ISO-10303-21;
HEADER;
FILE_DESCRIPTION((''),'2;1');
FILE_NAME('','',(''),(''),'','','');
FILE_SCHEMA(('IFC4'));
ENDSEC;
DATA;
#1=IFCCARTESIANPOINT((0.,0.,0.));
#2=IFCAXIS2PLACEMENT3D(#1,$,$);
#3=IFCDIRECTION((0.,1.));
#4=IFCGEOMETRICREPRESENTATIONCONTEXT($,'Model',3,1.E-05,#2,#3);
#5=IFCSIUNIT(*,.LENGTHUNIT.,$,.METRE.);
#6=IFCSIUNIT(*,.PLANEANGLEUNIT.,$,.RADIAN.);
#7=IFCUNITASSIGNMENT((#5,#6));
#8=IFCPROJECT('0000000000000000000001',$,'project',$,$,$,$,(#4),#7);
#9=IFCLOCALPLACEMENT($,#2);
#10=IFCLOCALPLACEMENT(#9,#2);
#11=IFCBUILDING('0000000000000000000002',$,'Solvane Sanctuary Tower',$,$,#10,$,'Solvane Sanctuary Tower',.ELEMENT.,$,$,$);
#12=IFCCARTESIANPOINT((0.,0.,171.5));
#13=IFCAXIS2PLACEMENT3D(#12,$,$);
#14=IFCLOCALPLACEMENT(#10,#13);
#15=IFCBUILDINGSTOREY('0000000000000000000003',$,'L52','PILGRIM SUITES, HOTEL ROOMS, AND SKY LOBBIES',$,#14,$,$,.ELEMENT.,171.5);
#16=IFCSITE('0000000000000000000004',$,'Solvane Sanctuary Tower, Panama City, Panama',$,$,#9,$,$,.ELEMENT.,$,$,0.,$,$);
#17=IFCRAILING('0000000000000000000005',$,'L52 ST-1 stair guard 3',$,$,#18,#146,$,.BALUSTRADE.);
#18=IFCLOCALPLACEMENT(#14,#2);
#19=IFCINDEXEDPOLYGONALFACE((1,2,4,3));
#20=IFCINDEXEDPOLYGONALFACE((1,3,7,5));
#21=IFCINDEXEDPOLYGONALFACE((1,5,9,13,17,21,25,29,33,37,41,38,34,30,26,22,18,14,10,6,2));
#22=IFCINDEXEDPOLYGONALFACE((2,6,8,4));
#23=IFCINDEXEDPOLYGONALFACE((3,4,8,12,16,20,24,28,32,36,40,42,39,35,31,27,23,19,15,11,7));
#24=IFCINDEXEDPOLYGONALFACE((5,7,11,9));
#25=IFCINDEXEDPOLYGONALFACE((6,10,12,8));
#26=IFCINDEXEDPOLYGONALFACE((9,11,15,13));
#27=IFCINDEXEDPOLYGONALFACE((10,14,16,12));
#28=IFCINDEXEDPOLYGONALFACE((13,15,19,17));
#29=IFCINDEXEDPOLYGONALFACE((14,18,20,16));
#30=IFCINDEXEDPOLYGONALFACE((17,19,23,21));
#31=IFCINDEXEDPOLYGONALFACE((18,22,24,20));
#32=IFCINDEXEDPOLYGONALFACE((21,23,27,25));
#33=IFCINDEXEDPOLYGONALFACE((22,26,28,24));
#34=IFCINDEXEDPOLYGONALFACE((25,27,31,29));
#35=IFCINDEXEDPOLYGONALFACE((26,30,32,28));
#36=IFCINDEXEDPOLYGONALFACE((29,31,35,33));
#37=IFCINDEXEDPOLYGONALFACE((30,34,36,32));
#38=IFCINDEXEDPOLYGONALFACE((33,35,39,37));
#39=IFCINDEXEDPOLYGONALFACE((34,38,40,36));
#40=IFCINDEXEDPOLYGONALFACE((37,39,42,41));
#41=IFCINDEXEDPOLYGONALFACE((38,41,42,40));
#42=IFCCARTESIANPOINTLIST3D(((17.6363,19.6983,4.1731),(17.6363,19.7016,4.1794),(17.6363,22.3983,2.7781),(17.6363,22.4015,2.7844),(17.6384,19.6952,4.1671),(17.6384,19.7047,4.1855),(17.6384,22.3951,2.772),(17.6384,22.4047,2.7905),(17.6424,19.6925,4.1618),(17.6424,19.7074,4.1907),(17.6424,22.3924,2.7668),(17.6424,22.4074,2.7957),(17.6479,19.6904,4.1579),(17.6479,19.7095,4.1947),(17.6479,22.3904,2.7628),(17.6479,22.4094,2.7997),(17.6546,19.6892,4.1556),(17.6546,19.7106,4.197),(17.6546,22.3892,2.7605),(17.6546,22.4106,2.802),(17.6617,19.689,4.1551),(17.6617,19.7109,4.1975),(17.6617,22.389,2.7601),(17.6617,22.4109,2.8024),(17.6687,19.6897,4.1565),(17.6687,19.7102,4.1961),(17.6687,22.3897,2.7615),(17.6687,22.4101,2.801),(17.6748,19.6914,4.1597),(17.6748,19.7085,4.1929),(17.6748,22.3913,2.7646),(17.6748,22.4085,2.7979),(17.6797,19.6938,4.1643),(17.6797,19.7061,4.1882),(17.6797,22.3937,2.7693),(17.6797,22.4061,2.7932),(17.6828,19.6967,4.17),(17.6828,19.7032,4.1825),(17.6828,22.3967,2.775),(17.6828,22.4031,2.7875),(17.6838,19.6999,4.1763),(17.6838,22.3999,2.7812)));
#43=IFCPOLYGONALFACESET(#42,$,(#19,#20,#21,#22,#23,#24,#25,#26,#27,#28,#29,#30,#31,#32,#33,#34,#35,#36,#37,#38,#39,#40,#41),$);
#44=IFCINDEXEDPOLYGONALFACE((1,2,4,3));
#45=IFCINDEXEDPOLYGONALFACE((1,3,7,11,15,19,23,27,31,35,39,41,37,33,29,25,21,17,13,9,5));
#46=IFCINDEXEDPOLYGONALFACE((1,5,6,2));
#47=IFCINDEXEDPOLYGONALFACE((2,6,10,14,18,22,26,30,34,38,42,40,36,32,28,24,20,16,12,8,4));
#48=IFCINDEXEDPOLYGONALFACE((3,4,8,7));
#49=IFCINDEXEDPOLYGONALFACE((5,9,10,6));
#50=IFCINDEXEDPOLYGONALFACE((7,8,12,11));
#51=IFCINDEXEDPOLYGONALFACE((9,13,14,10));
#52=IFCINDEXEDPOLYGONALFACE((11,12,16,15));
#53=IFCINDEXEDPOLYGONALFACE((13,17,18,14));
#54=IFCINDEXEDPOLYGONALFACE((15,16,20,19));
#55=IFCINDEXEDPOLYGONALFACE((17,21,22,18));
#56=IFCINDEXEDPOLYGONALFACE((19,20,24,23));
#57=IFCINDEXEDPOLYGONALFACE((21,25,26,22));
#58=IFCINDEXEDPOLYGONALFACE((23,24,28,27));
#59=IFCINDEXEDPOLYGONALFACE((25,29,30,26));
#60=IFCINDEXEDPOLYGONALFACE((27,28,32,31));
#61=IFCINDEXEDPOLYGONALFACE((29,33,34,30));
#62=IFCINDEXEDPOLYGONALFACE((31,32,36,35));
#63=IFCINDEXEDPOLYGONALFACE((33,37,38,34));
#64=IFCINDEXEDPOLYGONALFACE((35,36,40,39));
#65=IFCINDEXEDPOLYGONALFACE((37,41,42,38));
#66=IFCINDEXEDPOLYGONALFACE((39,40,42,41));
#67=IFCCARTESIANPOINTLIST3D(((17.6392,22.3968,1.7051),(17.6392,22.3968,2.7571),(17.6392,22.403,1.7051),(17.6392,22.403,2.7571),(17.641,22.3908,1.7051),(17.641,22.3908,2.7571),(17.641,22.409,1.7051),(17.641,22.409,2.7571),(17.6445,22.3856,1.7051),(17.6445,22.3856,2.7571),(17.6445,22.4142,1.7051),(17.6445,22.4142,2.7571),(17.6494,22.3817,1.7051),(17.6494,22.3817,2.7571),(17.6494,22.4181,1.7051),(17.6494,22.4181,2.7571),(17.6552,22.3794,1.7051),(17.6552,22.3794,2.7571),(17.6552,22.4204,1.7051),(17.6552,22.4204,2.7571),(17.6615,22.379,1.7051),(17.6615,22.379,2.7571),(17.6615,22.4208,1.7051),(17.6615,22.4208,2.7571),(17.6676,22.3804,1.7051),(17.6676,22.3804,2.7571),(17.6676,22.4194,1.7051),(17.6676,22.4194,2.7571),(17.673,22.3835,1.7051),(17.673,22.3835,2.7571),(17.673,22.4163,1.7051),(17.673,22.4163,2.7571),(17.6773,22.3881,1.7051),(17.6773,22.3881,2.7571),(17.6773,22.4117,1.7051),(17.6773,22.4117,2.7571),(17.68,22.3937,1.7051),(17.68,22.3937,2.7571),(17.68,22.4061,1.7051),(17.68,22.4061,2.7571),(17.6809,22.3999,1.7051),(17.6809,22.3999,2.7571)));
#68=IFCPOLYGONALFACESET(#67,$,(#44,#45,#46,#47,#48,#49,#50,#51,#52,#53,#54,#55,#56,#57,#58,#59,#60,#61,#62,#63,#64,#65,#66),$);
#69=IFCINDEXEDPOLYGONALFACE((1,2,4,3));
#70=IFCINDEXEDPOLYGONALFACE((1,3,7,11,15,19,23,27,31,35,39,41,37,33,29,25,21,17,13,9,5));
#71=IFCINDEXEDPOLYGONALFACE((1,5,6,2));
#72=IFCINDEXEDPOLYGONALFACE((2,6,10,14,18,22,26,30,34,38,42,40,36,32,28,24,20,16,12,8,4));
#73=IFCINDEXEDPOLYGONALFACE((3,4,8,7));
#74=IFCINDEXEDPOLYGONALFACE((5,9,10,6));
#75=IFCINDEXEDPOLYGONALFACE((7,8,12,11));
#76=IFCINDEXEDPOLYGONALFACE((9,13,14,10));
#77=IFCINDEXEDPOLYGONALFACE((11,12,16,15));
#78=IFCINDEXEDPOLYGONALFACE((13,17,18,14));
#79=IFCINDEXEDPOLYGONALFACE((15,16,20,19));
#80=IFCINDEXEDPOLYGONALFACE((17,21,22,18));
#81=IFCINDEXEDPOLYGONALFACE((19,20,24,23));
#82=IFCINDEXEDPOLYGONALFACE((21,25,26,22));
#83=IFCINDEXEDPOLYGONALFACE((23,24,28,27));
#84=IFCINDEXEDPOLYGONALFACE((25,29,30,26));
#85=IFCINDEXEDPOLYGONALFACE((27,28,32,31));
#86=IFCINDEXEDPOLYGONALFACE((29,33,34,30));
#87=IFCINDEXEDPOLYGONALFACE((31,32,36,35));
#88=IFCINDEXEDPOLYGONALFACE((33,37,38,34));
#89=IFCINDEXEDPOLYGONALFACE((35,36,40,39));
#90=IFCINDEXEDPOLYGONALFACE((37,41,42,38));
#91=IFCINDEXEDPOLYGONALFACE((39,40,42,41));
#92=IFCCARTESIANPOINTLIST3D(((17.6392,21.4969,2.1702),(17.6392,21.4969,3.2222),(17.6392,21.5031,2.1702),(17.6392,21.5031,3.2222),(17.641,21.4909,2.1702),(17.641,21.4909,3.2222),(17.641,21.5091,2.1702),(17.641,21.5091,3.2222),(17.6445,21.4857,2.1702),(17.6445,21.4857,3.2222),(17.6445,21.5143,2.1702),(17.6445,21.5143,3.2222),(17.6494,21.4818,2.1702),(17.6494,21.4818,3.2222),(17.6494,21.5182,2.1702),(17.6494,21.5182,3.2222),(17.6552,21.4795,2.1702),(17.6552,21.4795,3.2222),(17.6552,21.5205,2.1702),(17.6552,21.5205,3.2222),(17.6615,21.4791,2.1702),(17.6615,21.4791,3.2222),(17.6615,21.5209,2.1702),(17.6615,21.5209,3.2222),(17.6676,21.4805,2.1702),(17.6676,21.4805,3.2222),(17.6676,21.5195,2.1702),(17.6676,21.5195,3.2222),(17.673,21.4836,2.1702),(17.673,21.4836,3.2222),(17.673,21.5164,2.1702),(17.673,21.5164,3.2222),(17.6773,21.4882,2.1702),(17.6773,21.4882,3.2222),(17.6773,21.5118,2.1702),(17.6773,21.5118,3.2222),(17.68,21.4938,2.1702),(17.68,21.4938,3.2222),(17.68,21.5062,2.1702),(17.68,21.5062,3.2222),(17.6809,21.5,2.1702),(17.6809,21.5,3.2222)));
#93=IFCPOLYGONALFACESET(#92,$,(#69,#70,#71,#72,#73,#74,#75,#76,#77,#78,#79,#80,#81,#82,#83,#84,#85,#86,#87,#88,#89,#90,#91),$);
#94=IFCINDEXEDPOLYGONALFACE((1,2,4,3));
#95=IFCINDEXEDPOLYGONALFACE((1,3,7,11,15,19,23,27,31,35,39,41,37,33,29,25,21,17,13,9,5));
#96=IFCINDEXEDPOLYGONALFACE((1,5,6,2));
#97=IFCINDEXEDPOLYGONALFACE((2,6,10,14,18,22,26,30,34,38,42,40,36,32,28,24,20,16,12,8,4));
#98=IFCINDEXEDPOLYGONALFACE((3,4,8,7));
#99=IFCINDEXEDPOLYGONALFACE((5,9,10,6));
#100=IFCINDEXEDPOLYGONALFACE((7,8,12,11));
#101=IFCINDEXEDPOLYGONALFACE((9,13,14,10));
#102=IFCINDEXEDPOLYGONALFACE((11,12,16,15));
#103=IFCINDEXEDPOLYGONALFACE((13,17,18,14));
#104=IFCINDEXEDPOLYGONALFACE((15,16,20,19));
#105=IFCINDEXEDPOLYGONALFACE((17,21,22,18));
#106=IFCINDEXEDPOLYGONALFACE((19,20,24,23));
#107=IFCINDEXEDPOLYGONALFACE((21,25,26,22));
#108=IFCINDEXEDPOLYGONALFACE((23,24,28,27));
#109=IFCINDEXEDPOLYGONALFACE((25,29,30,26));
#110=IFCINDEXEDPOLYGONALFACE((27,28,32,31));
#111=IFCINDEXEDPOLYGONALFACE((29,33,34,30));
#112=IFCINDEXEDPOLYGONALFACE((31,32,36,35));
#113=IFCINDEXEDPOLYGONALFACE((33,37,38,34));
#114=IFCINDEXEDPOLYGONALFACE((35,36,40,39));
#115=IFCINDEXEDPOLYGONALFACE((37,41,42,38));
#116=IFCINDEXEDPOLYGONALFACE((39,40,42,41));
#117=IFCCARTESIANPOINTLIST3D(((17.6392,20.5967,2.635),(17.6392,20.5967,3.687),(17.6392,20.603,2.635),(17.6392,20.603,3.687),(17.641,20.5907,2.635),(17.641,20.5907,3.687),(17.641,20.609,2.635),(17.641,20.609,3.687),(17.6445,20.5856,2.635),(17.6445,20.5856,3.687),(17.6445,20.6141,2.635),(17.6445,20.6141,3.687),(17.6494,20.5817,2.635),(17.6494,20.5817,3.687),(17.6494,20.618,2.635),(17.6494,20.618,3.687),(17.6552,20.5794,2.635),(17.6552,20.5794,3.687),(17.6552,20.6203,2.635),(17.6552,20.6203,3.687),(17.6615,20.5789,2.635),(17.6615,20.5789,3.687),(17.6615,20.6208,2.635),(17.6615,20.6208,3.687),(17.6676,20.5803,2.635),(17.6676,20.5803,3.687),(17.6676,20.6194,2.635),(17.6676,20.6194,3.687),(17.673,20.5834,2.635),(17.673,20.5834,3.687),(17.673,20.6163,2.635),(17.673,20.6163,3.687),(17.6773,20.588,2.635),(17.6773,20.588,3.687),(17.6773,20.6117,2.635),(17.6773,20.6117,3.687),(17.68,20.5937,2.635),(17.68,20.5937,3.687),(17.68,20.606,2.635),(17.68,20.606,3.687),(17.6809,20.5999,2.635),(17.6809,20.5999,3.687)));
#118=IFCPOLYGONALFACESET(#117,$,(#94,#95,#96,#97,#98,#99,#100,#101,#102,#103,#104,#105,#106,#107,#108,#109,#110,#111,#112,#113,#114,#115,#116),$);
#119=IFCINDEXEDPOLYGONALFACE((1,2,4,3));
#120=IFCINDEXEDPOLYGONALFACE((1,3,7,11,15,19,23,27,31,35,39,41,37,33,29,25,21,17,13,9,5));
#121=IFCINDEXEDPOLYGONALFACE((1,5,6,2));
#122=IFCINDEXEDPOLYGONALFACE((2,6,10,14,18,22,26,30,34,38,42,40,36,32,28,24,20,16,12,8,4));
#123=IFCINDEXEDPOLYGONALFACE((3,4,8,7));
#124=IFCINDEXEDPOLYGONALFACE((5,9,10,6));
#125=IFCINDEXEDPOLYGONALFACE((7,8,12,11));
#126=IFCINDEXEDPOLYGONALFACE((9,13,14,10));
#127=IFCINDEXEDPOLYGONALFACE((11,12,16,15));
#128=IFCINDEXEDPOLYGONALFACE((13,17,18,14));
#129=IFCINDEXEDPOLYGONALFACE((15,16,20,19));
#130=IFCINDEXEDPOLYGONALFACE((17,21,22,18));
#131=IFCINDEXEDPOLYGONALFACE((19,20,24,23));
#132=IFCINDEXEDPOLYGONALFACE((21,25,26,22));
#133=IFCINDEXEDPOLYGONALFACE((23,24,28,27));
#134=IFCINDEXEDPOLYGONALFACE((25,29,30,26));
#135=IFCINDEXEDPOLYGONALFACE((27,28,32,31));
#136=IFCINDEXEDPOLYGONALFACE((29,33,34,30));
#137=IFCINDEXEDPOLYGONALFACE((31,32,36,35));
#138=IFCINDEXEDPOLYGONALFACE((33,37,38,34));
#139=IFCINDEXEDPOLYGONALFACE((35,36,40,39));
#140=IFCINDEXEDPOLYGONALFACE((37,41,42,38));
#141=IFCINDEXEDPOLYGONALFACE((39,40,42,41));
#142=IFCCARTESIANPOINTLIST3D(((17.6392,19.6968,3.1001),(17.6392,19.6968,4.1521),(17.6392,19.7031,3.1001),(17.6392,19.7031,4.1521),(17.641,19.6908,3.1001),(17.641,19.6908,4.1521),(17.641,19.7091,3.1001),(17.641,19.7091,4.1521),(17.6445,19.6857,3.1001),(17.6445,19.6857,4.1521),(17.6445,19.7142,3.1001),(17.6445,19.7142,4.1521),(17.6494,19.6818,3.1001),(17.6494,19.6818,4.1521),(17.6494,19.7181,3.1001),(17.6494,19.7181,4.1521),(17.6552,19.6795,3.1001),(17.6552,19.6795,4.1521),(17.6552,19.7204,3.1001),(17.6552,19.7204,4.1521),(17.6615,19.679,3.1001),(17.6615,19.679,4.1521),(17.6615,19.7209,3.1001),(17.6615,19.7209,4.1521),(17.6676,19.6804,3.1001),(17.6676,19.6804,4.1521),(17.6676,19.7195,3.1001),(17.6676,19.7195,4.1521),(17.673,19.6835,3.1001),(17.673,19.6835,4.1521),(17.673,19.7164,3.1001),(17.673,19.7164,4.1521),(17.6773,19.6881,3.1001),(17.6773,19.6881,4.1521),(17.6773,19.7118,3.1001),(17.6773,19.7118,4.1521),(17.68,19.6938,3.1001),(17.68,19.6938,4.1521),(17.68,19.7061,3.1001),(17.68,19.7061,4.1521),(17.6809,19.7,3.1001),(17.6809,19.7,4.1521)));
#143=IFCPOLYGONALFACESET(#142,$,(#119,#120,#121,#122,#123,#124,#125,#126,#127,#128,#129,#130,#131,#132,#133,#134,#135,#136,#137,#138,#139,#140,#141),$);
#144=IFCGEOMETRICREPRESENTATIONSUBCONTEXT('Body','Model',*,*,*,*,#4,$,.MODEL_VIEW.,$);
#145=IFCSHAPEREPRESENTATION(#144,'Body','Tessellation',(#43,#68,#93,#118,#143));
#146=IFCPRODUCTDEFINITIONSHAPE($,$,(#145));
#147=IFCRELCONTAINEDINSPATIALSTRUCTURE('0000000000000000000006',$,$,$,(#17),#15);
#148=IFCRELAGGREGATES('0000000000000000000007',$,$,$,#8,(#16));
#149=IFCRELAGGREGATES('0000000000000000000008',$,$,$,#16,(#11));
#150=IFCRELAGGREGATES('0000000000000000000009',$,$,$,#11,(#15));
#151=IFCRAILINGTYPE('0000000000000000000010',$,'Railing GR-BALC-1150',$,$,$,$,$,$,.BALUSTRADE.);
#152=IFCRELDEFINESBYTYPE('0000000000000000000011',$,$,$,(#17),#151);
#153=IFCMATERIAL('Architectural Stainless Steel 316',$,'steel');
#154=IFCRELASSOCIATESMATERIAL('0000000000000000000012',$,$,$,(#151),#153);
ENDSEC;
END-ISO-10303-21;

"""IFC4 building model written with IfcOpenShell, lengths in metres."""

from ifc_helpers import new_model, si_unit, direction, frame, origin, origin_2d, place, context, subcontext, project, spatial, circle, extrude, material, type_object, element, save


model = new_model("IFC4")

# Units and contexts
model_context = context("Model", 3, precision=1e-05, world=origin(), true_north=direction((0.0, 1.0)))
body_context = subcontext(model_context, "Body", "Model", "MODEL_VIEW")
ifc_project = project(units=[si_unit("LENGTHUNIT", "METRE"), si_unit("PLANEANGLEUNIT", "RADIAN")], contexts=[model_context])

# Site, building, storey
site_placement = place(None, origin())
site = spatial("IfcSite", under=ifc_project, at=site_placement, Name="Solvane Sanctuary Tower, Panama City, Panama", CompositionType="ELEMENT", RefElevation=0.0)
building_placement = place(site_placement, origin())
building = spatial("IfcBuilding", under=site, at=building_placement, Name="Solvane Sanctuary Tower", LongName="Solvane Sanctuary Tower", CompositionType="ELEMENT")
storey_placement = place(building_placement, frame((0.0, 0.0, 171.5)))
storey = spatial("IfcBuildingStorey", under=building, at=storey_placement, Name="L52", Description="PILGRIM SUITES, HOTEL ROOMS, AND SKY LOBBIES", CompositionType="ELEMENT", Elevation=171.5)

# Shared definitions
ifc_material_1 = material(Name="Architectural Stainless Steel 316", Category="steel")

# Railing
railing_type_1 = type_object("IfcRailingType", Name="Railing GR-BALC-1150", PredefinedType="BALUSTRADE", material=ifc_material_1)
railing_1_placement = place(storey_placement, frame((17.6599, 22.3999, 1.7051)))
element("IfcRailing", 1, at=railing_1_placement, inside=storey, type_object=railing_type_1, Name="L52 ST-1 stair guard 3", PredefinedType="BALUSTRADE", context=body_context, shape_type="SweptSolid", body=[
    extrude(circle(Radius=0.0239, at=origin_2d()), frame((0.0, 0.0, 1.0762), z_axis=(0.0, -0.88842, 0.459032), x_axis=(1.0, 0.0, 0.0)), (0.0, 0.0, 1.0), 3.0391),
    extrude(circle(Radius=0.021, at=origin_2d()), origin(), (0.0, 0.0, 1.0), 1.052),
    extrude(circle(Radius=0.021, at=origin_2d()), frame((0.0, -0.8999, 0.4651)), (0.0, 0.0, 1.0), 1.052),
    extrude(circle(Radius=0.021, at=origin_2d()), frame((0.0, -1.8, 0.9299)), (0.0, 0.0, 1.0), 1.052),
    extrude(circle(Radius=0.021, at=origin_2d()), frame((0.0, -2.7, 1.395)), (0.0, 0.0, 1.0), 1.052),
])

save(model, "model.ifc")
